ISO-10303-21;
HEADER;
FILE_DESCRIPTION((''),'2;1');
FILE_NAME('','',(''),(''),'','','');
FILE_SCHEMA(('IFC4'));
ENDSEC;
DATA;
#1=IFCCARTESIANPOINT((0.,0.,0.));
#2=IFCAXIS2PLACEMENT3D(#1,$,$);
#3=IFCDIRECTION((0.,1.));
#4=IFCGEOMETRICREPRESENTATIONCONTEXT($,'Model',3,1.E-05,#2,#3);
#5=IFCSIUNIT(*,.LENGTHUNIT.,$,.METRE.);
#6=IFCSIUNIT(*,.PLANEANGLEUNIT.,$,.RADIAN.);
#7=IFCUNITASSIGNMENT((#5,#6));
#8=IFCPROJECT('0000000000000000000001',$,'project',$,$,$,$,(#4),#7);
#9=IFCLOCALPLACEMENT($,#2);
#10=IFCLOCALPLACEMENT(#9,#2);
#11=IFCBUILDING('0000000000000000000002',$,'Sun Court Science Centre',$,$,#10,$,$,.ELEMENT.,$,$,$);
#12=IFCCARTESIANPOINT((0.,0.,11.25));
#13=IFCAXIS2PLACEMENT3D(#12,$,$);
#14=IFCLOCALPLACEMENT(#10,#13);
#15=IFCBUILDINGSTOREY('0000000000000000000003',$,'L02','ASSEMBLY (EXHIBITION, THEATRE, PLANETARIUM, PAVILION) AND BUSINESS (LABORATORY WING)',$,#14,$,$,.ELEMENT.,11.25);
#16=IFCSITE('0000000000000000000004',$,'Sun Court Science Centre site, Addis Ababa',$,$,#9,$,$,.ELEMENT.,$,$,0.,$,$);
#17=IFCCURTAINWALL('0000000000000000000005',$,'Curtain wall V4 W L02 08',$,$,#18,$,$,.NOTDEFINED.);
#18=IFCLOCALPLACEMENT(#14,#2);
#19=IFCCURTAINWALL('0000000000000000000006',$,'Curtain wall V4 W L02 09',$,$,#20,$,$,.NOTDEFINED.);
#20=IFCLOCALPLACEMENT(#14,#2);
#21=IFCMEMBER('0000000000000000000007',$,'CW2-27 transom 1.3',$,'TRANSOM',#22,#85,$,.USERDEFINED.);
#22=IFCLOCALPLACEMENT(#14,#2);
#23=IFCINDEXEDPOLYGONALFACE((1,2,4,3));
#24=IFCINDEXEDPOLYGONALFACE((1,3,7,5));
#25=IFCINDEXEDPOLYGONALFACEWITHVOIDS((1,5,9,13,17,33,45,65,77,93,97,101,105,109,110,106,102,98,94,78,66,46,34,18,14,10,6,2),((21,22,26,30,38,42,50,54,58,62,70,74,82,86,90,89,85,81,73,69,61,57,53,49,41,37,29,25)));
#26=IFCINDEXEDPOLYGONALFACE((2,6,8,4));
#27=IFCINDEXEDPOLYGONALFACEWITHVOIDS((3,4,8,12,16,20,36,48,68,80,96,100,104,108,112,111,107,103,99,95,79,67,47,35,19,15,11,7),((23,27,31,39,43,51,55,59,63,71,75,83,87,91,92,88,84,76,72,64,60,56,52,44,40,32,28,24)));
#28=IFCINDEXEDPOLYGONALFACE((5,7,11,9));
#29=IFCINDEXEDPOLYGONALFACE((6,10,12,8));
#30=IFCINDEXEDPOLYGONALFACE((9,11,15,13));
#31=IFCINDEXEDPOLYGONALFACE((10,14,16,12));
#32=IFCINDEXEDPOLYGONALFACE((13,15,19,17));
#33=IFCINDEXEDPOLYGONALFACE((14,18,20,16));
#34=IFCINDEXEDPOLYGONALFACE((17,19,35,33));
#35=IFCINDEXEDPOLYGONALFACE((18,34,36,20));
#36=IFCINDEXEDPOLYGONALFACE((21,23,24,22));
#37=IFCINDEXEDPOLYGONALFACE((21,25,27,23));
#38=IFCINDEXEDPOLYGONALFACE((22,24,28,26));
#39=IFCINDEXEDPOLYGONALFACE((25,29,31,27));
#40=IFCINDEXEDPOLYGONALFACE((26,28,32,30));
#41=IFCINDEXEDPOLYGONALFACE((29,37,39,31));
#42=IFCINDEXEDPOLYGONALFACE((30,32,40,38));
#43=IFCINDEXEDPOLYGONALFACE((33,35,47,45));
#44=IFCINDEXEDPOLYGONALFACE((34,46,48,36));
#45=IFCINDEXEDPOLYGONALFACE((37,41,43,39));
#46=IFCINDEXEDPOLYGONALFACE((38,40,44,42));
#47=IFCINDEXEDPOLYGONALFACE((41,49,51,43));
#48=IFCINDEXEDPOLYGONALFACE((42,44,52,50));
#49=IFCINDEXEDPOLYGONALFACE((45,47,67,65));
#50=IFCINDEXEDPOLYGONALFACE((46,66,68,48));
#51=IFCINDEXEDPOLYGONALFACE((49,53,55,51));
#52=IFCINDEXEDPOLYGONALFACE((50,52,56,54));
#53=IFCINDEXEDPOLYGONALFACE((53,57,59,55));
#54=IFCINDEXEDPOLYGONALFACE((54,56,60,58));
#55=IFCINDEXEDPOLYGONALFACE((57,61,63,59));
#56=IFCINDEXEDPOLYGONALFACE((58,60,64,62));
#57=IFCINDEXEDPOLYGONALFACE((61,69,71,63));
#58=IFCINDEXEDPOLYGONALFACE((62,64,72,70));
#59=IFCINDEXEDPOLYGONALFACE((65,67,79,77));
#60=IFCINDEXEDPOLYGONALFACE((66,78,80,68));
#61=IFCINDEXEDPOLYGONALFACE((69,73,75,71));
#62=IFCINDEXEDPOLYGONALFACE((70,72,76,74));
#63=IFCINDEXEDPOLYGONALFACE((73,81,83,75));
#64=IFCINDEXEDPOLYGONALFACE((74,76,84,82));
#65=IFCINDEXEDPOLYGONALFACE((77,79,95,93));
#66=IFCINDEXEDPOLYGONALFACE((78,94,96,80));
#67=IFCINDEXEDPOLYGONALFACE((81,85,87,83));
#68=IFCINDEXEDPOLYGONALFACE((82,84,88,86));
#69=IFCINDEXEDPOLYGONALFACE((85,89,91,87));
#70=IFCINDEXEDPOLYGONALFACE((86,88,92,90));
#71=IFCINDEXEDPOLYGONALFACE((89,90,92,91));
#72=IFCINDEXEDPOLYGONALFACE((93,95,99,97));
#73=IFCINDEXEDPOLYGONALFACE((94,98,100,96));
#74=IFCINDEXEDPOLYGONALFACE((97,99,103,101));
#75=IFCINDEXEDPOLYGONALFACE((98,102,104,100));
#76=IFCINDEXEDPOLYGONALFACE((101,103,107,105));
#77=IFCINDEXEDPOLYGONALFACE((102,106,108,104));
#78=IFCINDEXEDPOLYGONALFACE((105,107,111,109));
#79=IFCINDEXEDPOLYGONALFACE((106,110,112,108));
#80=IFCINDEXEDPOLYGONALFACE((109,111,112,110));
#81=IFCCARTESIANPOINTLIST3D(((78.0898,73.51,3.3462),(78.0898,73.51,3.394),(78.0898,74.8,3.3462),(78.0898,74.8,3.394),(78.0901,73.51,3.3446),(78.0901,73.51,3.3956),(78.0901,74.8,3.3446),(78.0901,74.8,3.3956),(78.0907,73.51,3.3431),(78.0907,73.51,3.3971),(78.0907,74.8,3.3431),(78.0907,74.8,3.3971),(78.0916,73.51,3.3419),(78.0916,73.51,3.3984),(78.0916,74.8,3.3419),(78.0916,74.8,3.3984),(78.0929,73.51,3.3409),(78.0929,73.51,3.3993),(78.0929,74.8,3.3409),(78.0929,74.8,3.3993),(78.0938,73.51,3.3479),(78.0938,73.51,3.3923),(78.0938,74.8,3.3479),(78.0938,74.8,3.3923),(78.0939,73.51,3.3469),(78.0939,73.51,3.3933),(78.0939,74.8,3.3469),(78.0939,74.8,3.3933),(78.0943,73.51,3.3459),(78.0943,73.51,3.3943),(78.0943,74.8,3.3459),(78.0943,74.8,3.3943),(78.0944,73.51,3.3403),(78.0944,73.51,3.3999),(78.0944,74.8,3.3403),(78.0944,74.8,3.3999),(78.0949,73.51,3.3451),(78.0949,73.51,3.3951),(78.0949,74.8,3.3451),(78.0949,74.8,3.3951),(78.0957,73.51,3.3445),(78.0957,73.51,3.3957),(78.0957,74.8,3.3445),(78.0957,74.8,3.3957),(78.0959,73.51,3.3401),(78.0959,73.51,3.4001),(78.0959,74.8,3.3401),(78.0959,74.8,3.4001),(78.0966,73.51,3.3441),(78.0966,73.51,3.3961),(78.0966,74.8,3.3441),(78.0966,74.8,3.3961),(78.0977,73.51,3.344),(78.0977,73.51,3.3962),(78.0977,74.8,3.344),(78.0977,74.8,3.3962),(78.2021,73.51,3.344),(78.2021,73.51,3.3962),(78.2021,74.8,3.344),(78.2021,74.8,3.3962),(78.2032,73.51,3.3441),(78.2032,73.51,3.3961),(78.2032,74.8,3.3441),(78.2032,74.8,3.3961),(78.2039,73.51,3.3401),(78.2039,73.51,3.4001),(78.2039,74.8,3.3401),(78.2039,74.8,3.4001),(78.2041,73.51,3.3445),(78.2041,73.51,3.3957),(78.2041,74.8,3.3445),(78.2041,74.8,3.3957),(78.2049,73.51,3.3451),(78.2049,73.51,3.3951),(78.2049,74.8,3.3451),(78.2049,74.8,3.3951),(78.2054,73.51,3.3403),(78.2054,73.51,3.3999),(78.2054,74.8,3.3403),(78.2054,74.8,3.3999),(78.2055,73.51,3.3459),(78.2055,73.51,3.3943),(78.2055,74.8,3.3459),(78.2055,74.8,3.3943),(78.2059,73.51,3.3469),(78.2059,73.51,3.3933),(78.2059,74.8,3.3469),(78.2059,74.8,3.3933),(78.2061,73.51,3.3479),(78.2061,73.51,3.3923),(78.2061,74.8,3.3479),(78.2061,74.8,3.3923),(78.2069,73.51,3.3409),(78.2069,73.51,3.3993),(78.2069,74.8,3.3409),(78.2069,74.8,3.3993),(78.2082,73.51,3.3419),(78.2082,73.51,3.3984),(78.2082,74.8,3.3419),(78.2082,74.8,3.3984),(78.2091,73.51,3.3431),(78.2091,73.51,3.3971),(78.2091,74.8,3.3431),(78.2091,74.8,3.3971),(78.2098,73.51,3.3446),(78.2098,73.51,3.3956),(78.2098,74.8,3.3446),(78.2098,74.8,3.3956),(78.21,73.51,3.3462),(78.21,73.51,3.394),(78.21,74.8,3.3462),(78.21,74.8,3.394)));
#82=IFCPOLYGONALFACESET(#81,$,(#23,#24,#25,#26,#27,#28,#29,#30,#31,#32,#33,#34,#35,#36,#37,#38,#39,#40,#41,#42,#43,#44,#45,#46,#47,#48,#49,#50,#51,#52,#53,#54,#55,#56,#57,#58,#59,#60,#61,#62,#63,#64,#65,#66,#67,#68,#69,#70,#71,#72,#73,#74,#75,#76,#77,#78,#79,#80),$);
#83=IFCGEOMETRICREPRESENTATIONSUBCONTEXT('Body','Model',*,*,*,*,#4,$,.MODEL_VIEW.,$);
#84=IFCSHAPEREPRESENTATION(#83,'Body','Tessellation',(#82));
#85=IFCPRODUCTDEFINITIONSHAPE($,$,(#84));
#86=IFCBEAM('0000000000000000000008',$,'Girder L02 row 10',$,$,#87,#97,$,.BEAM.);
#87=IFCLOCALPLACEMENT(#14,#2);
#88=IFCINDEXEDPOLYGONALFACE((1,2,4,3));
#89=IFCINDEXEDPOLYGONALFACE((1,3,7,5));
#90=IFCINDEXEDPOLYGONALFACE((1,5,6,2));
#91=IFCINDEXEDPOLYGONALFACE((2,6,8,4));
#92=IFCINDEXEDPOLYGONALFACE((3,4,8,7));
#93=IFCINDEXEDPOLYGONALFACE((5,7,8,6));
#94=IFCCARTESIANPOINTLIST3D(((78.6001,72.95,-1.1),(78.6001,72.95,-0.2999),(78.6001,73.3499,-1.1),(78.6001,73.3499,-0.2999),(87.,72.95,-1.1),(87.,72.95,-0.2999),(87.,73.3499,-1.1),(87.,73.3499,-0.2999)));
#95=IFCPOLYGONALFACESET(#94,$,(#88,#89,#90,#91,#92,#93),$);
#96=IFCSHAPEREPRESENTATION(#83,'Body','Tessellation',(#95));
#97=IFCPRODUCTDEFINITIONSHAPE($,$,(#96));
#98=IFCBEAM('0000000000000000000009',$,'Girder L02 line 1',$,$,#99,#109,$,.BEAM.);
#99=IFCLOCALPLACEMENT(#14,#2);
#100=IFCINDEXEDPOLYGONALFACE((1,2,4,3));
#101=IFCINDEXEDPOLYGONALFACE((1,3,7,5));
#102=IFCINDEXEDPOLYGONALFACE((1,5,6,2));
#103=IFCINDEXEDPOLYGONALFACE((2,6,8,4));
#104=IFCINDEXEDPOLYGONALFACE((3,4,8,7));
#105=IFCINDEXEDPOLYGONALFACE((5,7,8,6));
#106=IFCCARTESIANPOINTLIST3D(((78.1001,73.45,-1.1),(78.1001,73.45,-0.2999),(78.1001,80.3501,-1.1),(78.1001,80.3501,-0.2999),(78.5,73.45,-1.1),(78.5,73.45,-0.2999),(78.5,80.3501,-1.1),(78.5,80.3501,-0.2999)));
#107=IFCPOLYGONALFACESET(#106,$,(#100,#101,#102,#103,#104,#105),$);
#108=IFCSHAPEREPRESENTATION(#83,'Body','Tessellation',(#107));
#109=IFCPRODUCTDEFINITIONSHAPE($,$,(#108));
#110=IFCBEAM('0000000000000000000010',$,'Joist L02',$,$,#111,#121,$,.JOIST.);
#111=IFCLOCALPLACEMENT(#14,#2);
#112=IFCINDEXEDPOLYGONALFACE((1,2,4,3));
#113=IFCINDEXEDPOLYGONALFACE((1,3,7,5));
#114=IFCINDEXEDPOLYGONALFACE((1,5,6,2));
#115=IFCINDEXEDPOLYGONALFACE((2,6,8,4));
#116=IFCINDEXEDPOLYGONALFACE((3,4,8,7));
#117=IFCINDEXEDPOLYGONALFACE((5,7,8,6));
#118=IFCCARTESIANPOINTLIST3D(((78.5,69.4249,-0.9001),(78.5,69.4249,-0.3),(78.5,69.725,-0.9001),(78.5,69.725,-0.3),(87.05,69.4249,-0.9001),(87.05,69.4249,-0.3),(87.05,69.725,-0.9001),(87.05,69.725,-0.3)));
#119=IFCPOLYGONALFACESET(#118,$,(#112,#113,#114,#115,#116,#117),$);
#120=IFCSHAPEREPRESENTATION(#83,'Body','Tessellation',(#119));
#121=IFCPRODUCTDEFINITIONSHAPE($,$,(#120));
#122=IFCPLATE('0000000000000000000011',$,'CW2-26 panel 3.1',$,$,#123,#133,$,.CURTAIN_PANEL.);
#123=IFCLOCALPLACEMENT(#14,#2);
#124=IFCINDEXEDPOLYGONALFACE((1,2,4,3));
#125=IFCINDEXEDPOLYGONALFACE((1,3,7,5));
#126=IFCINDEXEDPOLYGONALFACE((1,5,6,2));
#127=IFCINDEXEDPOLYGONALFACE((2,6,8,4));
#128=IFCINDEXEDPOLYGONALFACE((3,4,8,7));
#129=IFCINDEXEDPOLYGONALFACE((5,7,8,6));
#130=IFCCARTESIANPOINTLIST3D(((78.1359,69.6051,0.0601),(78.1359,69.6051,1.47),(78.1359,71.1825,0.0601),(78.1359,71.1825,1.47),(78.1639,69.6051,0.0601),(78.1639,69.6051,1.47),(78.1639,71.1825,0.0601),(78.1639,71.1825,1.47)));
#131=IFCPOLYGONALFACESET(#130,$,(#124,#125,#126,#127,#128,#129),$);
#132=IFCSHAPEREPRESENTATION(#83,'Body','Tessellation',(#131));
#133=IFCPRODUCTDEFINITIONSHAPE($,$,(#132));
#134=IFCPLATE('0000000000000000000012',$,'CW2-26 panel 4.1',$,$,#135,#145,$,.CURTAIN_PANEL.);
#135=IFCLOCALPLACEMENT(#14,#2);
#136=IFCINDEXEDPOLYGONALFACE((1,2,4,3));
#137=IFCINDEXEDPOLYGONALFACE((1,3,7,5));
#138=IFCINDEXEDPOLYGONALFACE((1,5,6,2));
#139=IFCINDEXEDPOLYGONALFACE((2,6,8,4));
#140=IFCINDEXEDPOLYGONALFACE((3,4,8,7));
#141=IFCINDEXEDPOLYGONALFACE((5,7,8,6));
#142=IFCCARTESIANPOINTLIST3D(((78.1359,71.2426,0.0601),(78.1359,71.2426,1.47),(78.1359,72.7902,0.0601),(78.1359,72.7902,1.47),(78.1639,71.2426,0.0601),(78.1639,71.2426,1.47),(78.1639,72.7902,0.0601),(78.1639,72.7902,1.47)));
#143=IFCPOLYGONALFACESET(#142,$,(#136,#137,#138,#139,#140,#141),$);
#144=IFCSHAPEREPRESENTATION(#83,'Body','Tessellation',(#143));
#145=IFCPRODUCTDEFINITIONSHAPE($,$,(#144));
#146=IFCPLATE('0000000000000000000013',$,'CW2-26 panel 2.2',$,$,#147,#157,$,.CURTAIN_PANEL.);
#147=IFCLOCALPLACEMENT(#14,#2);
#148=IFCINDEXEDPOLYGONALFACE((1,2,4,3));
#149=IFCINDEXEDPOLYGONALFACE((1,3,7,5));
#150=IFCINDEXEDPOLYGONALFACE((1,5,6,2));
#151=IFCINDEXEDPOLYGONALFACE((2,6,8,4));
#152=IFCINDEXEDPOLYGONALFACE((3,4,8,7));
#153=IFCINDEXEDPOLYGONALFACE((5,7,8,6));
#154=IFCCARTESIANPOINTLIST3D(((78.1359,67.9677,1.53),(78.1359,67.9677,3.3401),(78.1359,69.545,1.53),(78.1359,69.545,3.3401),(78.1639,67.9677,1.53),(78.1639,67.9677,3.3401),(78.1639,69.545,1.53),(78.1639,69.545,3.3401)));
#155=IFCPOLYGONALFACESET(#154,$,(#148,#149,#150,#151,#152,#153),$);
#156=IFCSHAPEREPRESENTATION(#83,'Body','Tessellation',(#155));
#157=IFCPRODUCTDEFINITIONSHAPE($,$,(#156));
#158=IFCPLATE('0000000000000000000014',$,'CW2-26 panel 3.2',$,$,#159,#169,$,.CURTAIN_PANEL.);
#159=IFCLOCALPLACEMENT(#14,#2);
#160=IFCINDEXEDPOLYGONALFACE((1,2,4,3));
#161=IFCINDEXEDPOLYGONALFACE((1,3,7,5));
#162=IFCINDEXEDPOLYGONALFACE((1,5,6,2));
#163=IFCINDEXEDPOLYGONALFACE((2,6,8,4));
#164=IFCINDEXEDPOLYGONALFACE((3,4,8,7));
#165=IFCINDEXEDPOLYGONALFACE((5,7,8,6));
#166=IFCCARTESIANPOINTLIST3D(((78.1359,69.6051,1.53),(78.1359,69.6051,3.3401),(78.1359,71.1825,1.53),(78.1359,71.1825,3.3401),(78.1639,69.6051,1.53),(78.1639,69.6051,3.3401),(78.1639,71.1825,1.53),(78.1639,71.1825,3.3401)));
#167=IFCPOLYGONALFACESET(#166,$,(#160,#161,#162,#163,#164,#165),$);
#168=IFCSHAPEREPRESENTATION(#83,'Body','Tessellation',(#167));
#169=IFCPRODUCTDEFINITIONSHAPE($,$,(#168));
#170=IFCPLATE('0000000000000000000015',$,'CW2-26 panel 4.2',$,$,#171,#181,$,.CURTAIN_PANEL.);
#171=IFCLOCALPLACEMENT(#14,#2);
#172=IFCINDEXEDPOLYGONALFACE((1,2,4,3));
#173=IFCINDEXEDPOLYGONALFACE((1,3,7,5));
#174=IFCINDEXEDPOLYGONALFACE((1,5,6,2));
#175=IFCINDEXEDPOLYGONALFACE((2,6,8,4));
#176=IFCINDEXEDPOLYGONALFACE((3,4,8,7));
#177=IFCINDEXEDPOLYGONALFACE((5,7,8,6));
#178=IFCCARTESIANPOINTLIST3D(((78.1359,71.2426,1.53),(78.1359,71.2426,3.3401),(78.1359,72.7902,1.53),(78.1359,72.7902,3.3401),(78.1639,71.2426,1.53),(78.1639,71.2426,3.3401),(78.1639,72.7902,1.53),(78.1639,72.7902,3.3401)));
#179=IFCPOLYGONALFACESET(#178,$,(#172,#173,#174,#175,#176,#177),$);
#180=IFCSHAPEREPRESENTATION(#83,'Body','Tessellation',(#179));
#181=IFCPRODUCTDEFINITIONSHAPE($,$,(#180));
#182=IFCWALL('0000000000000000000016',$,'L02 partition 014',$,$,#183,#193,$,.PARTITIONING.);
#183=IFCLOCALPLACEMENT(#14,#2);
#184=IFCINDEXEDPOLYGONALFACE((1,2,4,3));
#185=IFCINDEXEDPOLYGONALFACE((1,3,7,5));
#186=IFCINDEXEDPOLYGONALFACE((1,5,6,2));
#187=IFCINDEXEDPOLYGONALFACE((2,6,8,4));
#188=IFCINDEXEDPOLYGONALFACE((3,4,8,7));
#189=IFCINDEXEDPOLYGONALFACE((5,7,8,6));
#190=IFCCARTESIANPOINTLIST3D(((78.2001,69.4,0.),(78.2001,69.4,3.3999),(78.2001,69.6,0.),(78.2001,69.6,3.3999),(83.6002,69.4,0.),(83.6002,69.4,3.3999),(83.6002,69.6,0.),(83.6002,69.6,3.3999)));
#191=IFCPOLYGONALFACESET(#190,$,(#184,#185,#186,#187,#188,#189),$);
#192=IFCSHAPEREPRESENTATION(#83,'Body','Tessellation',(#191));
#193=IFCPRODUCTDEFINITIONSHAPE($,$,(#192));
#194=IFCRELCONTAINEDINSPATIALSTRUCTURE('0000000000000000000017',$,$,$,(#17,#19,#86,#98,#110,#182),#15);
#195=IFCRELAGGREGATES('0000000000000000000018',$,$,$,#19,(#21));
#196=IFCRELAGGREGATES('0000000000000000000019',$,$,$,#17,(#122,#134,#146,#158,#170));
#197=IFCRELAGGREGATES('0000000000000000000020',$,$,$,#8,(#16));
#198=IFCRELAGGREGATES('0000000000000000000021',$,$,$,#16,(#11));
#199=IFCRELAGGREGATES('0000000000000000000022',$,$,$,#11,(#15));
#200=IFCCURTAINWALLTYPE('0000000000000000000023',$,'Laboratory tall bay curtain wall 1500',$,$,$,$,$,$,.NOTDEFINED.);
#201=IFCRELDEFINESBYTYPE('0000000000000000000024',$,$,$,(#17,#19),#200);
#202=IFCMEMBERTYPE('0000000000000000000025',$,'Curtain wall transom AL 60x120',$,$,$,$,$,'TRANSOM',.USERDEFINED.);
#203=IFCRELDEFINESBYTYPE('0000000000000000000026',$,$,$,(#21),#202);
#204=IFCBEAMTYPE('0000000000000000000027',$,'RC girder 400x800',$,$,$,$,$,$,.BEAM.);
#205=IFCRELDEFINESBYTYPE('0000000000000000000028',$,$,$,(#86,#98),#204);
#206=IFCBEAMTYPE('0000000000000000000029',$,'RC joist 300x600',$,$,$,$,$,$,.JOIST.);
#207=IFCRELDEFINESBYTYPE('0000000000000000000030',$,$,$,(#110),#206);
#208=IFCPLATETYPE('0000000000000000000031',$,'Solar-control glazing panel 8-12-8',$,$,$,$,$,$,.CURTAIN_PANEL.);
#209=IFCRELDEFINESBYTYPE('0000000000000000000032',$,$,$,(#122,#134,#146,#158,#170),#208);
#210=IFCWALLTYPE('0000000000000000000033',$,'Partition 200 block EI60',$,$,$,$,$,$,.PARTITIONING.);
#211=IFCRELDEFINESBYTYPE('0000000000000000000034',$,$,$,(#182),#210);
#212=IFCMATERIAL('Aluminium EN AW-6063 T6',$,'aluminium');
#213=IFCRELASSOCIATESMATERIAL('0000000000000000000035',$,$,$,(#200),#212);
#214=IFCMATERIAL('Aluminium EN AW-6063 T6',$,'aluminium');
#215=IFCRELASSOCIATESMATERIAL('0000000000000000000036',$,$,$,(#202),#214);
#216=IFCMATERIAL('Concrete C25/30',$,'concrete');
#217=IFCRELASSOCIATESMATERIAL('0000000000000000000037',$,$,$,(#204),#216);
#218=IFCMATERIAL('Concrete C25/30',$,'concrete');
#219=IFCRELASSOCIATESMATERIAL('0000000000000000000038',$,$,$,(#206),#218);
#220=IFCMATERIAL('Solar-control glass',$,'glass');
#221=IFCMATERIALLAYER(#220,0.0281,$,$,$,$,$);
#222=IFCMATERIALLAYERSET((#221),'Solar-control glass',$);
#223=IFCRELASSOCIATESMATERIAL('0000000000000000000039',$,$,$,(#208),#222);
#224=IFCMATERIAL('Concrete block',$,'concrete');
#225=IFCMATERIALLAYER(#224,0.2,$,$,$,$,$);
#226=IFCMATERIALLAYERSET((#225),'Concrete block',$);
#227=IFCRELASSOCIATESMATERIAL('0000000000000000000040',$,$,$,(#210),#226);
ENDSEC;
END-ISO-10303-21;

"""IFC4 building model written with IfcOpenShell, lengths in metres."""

from ifc_helpers import new_model, si_unit, direction, frame, frame_2d, origin, origin_2d, place, context, subcontext, project, spatial, rectangle, hollow_rectangle, extrude, material, layer, layer_set, material_profile, profile_set, type_object, element, aggregate, save


model = new_model("IFC4")

# Units and contexts
model_context = context("Model", 3, precision=1e-05, world=origin(), true_north=direction((0.0, 1.0)))
body_context = subcontext(model_context, "Body", "Model", "MODEL_VIEW")
ifc_project = project(units=[si_unit("LENGTHUNIT", "METRE"), si_unit("PLANEANGLEUNIT", "RADIAN")], contexts=[model_context])

# Site, building, storey
site_placement = place(None, origin())
site = spatial("IfcSite", under=ifc_project, at=site_placement, Name="Sun Court Science Centre site, Addis Ababa", CompositionType="ELEMENT", RefElevation=0.0)
building_placement = place(site_placement, origin())
building = spatial("IfcBuilding", under=site, at=building_placement, Name="Sun Court Science Centre", CompositionType="ELEMENT")
storey_placement = place(building_placement, frame((0.0, 0.0, 11.25)))
storey = spatial("IfcBuildingStorey", under=building, at=storey_placement, Name="L02", Description="ASSEMBLY (EXHIBITION, THEATRE, PLANETARIUM, PAVILION) AND BUSINESS (LABORATORY WING)", CompositionType="ELEMENT", Elevation=11.25)

# Curtain wall
ifc_material_1 = material(Name="Aluminium EN AW-6063 T6", Category="aluminium")
curtain_wall_type = type_object("IfcCurtainWallType", Name="Laboratory tall bay curtain wall 1500", PredefinedType="NOTDEFINED", material=ifc_material_1)
curtain_wall_1_placement = place(storey_placement, origin())
curtain_wall_1 = element("IfcCurtainWall", 1, at=curtain_wall_1_placement, inside=storey, type_object=curtain_wall_type, Name="Curtain wall V4 W L02 08", PredefinedType="NOTDEFINED")

# Curtain wall
curtain_wall_2_placement = place(storey_placement, origin())
curtain_wall_2 = element("IfcCurtainWall", 2, at=curtain_wall_2_placement, inside=storey, type_object=curtain_wall_type, Name="Curtain wall V4 W L02 09", PredefinedType="NOTDEFINED")

# Member
ifc_material_2 = material(Name="Aluminium EN AW-6063 T6", Category="aluminium")
ifc_material_profile_1 = material_profile(ifc_material_2, hollow_rectangle(XDim=0.0601, YDim=0.1201, WallThickness=0.0039, InnerFilletRadius=0.0039, OuterFilletRadius=0.0061, at=origin_2d()), Name="AL 60x120x4")
ifc_profile_set_1 = profile_set([ifc_material_profile_1], Name="Aluminium EN AW-6063 T6")
member_type_1 = type_object("IfcMemberType", Name="Curtain wall transom AL 60x120", ElementType="TRANSOM", PredefinedType="USERDEFINED", material=ifc_profile_set_1)
member_1_placement = place(storey_placement, frame((78.1499, 73.51, 3.3701), z_axis=(0.0, 1.0, 0.0), x_axis=(0.0, 0.0, 1.0)))
member_1 = element("IfcMember", 3, at=member_1_placement, type_object=member_type_1, Name="CW2-27 transom 1.3", ObjectType="TRANSOM", PredefinedType="USERDEFINED", context=body_context, shape_type="SweptSolid", body=[
    extrude(hollow_rectangle(XDim=0.0601, YDim=0.1201, WallThickness=0.0039, InnerFilletRadius=0.0039, OuterFilletRadius=0.0061, at=origin_2d()), origin(), (0.0, 0.0, 1.0), 1.29),
])
aggregate(curtain_wall_2, [member_1])

# Beams
ifc_material_3 = material(Name="Concrete C25/30", Category="concrete")
ifc_material_profile_2 = material_profile(ifc_material_3, rectangle(XDim=0.3999, YDim=0.8, at=origin_2d()), Name="RC 400x800")
ifc_profile_set_2 = profile_set([ifc_material_profile_2], Name="Concrete C25/30")
beam_type_1 = type_object("IfcBeamType", Name="RC girder 400x800", PredefinedType="BEAM", material=ifc_profile_set_2)
beam_1_placement = place(storey_placement, frame((78.6001, 73.1499, -0.7), z_axis=(1.0, 0.0, 0.0), x_axis=(0.0, 1.0, 0.0)))
element("IfcBeam", 4, at=beam_1_placement, inside=storey, type_object=beam_type_1, Name="Girder L02 row 10", PredefinedType="BEAM", context=body_context, shape_type="SweptSolid", body=[
    extrude(rectangle(XDim=0.3999, YDim=0.8, at=origin_2d()), origin(), (0.0, 0.0, 1.0), 8.3999),
])
beam_2_placement = place(storey_placement, frame((78.3, 73.45, -0.7), z_axis=(0.0, 1.0, 0.0), x_axis=(-1.0, 0.0, 0.0)))
element("IfcBeam", 5, at=beam_2_placement, inside=storey, type_object=beam_type_1, Name="Girder L02 line 1", PredefinedType="BEAM", context=body_context, shape_type="SweptSolid", body=[
    extrude(rectangle(XDim=0.3999, YDim=0.8, at=origin_2d()), origin(), (0.0, 0.0, 1.0), 6.9001),
])
ifc_material_4 = material(Name="Concrete C25/30", Category="concrete")
ifc_material_profile_3 = material_profile(ifc_material_4, rectangle(XDim=0.3, YDim=0.6001, at=origin_2d()), Name="RC 300x600")
ifc_profile_set_3 = profile_set([ifc_material_profile_3], Name="Concrete C25/30")
beam_type_2 = type_object("IfcBeamType", Name="RC joist 300x600", PredefinedType="JOIST", material=ifc_profile_set_3)
beam_3_placement = place(storey_placement, frame((78.5, 69.575, -0.6001), z_axis=(1.0, 0.0, 0.0), x_axis=(0.0, 1.0, 0.0)))
element("IfcBeam", 6, at=beam_3_placement, inside=storey, type_object=beam_type_2, Name="Joist L02", PredefinedType="JOIST", context=body_context, shape_type="SweptSolid", body=[
    extrude(rectangle(XDim=0.3, YDim=0.6001, at=origin_2d()), origin(), (0.0, 0.0, 1.0), 8.55),
])

# Plates
ifc_material_5 = material(Name="Solar-control glass", Category="glass")
ifc_layer_1 = layer(ifc_material_5, 0.0281)
ifc_layer_set_1 = layer_set([ifc_layer_1], Name="Solar-control glass")
plate_type = type_object("IfcPlateType", Name="Solar-control glazing panel 8-12-8", PredefinedType="CURTAIN_PANEL", material=ifc_layer_set_1)
plate_1_placement = place(storey_placement, frame((78.1499, 70.3938, 0.0601), z_axis=(0.0, 0.0, 1.0), x_axis=(0.0, 1.0, 0.0)))
plate_1 = element("IfcPlate", 7, at=plate_1_placement, type_object=plate_type, Name="CW2-26 panel 3.1", PredefinedType="CURTAIN_PANEL", context=body_context, shape_type="SweptSolid", body=[
    extrude(rectangle(XDim=1.5774, YDim=0.0281, at=origin_2d()), origin(), (0.0, 0.0, 1.0), 1.4099),
])
plate_2_placement = place(storey_placement, frame((78.1499, 72.0164, 0.0601), z_axis=(0.0, 0.0, 1.0), x_axis=(0.0, 1.0, 0.0)))
plate_2 = element("IfcPlate", 8, at=plate_2_placement, type_object=plate_type, Name="CW2-26 panel 4.1", PredefinedType="CURTAIN_PANEL", context=body_context, shape_type="SweptSolid", body=[
    extrude(rectangle(XDim=1.5476, YDim=0.0281, at=origin_2d()), origin(), (0.0, 0.0, 1.0), 1.4099),
])
plate_3_placement = place(storey_placement, frame((78.1499, 68.7563, 1.53), z_axis=(0.0, 0.0, 1.0), x_axis=(0.0, 1.0, 0.0)))
plate_3 = element("IfcPlate", 9, at=plate_3_placement, type_object=plate_type, Name="CW2-26 panel 2.2", PredefinedType="CURTAIN_PANEL", context=body_context, shape_type="SweptSolid", body=[
    extrude(rectangle(XDim=1.5774, YDim=0.0281, at=origin_2d()), origin(), (0.0, 0.0, 1.0), 1.8101),
])
plate_4_placement = place(storey_placement, frame((78.1499, 70.3938, 1.53), z_axis=(0.0, 0.0, 1.0), x_axis=(0.0, 1.0, 0.0)))
plate_4 = element("IfcPlate", 10, at=plate_4_placement, type_object=plate_type, Name="CW2-26 panel 3.2", PredefinedType="CURTAIN_PANEL", context=body_context, shape_type="SweptSolid", body=[
    extrude(rectangle(XDim=1.5774, YDim=0.0281, at=origin_2d()), origin(), (0.0, 0.0, 1.0), 1.8101),
])
plate_5_placement = place(storey_placement, frame((78.1499, 72.0164, 1.53), z_axis=(0.0, 0.0, 1.0), x_axis=(0.0, 1.0, 0.0)))
plate_5 = element("IfcPlate", 11, at=plate_5_placement, type_object=plate_type, Name="CW2-26 panel 4.2", PredefinedType="CURTAIN_PANEL", context=body_context, shape_type="SweptSolid", body=[
    extrude(rectangle(XDim=1.5476, YDim=0.0281, at=origin_2d()), origin(), (0.0, 0.0, 1.0), 1.8101),
])
aggregate(curtain_wall_1, [plate_1, plate_2, plate_3, plate_4, plate_5])

# Wall
ifc_material_6 = material(Name="Concrete block", Category="concrete")
ifc_layer_2 = layer(ifc_material_6, 0.2)
ifc_layer_set_2 = layer_set([ifc_layer_2], Name="Concrete block")
wall_type = type_object("IfcWallType", Name="Partition 200 block EI60", PredefinedType="PARTITIONING", material=ifc_layer_set_2)
wall_1_placement = place(storey_placement, frame((78.2, 69.5, 0.0), z_axis=(0.0, 0.0, 1.0), x_axis=(1.0, 0.0, 0.0)))
element("IfcWall", 12, at=wall_1_placement, inside=storey, type_object=wall_type, Name="L02 partition 014", PredefinedType="PARTITIONING", context=body_context, shape_type="SweptSolid", body=[
    extrude(rectangle(XDim=5.4001, YDim=0.2, at=frame_2d((2.7002, 0.0))), origin(), (0.0, 0.0, 1.0), 3.3999),
])

save(model, "model.ifc")
